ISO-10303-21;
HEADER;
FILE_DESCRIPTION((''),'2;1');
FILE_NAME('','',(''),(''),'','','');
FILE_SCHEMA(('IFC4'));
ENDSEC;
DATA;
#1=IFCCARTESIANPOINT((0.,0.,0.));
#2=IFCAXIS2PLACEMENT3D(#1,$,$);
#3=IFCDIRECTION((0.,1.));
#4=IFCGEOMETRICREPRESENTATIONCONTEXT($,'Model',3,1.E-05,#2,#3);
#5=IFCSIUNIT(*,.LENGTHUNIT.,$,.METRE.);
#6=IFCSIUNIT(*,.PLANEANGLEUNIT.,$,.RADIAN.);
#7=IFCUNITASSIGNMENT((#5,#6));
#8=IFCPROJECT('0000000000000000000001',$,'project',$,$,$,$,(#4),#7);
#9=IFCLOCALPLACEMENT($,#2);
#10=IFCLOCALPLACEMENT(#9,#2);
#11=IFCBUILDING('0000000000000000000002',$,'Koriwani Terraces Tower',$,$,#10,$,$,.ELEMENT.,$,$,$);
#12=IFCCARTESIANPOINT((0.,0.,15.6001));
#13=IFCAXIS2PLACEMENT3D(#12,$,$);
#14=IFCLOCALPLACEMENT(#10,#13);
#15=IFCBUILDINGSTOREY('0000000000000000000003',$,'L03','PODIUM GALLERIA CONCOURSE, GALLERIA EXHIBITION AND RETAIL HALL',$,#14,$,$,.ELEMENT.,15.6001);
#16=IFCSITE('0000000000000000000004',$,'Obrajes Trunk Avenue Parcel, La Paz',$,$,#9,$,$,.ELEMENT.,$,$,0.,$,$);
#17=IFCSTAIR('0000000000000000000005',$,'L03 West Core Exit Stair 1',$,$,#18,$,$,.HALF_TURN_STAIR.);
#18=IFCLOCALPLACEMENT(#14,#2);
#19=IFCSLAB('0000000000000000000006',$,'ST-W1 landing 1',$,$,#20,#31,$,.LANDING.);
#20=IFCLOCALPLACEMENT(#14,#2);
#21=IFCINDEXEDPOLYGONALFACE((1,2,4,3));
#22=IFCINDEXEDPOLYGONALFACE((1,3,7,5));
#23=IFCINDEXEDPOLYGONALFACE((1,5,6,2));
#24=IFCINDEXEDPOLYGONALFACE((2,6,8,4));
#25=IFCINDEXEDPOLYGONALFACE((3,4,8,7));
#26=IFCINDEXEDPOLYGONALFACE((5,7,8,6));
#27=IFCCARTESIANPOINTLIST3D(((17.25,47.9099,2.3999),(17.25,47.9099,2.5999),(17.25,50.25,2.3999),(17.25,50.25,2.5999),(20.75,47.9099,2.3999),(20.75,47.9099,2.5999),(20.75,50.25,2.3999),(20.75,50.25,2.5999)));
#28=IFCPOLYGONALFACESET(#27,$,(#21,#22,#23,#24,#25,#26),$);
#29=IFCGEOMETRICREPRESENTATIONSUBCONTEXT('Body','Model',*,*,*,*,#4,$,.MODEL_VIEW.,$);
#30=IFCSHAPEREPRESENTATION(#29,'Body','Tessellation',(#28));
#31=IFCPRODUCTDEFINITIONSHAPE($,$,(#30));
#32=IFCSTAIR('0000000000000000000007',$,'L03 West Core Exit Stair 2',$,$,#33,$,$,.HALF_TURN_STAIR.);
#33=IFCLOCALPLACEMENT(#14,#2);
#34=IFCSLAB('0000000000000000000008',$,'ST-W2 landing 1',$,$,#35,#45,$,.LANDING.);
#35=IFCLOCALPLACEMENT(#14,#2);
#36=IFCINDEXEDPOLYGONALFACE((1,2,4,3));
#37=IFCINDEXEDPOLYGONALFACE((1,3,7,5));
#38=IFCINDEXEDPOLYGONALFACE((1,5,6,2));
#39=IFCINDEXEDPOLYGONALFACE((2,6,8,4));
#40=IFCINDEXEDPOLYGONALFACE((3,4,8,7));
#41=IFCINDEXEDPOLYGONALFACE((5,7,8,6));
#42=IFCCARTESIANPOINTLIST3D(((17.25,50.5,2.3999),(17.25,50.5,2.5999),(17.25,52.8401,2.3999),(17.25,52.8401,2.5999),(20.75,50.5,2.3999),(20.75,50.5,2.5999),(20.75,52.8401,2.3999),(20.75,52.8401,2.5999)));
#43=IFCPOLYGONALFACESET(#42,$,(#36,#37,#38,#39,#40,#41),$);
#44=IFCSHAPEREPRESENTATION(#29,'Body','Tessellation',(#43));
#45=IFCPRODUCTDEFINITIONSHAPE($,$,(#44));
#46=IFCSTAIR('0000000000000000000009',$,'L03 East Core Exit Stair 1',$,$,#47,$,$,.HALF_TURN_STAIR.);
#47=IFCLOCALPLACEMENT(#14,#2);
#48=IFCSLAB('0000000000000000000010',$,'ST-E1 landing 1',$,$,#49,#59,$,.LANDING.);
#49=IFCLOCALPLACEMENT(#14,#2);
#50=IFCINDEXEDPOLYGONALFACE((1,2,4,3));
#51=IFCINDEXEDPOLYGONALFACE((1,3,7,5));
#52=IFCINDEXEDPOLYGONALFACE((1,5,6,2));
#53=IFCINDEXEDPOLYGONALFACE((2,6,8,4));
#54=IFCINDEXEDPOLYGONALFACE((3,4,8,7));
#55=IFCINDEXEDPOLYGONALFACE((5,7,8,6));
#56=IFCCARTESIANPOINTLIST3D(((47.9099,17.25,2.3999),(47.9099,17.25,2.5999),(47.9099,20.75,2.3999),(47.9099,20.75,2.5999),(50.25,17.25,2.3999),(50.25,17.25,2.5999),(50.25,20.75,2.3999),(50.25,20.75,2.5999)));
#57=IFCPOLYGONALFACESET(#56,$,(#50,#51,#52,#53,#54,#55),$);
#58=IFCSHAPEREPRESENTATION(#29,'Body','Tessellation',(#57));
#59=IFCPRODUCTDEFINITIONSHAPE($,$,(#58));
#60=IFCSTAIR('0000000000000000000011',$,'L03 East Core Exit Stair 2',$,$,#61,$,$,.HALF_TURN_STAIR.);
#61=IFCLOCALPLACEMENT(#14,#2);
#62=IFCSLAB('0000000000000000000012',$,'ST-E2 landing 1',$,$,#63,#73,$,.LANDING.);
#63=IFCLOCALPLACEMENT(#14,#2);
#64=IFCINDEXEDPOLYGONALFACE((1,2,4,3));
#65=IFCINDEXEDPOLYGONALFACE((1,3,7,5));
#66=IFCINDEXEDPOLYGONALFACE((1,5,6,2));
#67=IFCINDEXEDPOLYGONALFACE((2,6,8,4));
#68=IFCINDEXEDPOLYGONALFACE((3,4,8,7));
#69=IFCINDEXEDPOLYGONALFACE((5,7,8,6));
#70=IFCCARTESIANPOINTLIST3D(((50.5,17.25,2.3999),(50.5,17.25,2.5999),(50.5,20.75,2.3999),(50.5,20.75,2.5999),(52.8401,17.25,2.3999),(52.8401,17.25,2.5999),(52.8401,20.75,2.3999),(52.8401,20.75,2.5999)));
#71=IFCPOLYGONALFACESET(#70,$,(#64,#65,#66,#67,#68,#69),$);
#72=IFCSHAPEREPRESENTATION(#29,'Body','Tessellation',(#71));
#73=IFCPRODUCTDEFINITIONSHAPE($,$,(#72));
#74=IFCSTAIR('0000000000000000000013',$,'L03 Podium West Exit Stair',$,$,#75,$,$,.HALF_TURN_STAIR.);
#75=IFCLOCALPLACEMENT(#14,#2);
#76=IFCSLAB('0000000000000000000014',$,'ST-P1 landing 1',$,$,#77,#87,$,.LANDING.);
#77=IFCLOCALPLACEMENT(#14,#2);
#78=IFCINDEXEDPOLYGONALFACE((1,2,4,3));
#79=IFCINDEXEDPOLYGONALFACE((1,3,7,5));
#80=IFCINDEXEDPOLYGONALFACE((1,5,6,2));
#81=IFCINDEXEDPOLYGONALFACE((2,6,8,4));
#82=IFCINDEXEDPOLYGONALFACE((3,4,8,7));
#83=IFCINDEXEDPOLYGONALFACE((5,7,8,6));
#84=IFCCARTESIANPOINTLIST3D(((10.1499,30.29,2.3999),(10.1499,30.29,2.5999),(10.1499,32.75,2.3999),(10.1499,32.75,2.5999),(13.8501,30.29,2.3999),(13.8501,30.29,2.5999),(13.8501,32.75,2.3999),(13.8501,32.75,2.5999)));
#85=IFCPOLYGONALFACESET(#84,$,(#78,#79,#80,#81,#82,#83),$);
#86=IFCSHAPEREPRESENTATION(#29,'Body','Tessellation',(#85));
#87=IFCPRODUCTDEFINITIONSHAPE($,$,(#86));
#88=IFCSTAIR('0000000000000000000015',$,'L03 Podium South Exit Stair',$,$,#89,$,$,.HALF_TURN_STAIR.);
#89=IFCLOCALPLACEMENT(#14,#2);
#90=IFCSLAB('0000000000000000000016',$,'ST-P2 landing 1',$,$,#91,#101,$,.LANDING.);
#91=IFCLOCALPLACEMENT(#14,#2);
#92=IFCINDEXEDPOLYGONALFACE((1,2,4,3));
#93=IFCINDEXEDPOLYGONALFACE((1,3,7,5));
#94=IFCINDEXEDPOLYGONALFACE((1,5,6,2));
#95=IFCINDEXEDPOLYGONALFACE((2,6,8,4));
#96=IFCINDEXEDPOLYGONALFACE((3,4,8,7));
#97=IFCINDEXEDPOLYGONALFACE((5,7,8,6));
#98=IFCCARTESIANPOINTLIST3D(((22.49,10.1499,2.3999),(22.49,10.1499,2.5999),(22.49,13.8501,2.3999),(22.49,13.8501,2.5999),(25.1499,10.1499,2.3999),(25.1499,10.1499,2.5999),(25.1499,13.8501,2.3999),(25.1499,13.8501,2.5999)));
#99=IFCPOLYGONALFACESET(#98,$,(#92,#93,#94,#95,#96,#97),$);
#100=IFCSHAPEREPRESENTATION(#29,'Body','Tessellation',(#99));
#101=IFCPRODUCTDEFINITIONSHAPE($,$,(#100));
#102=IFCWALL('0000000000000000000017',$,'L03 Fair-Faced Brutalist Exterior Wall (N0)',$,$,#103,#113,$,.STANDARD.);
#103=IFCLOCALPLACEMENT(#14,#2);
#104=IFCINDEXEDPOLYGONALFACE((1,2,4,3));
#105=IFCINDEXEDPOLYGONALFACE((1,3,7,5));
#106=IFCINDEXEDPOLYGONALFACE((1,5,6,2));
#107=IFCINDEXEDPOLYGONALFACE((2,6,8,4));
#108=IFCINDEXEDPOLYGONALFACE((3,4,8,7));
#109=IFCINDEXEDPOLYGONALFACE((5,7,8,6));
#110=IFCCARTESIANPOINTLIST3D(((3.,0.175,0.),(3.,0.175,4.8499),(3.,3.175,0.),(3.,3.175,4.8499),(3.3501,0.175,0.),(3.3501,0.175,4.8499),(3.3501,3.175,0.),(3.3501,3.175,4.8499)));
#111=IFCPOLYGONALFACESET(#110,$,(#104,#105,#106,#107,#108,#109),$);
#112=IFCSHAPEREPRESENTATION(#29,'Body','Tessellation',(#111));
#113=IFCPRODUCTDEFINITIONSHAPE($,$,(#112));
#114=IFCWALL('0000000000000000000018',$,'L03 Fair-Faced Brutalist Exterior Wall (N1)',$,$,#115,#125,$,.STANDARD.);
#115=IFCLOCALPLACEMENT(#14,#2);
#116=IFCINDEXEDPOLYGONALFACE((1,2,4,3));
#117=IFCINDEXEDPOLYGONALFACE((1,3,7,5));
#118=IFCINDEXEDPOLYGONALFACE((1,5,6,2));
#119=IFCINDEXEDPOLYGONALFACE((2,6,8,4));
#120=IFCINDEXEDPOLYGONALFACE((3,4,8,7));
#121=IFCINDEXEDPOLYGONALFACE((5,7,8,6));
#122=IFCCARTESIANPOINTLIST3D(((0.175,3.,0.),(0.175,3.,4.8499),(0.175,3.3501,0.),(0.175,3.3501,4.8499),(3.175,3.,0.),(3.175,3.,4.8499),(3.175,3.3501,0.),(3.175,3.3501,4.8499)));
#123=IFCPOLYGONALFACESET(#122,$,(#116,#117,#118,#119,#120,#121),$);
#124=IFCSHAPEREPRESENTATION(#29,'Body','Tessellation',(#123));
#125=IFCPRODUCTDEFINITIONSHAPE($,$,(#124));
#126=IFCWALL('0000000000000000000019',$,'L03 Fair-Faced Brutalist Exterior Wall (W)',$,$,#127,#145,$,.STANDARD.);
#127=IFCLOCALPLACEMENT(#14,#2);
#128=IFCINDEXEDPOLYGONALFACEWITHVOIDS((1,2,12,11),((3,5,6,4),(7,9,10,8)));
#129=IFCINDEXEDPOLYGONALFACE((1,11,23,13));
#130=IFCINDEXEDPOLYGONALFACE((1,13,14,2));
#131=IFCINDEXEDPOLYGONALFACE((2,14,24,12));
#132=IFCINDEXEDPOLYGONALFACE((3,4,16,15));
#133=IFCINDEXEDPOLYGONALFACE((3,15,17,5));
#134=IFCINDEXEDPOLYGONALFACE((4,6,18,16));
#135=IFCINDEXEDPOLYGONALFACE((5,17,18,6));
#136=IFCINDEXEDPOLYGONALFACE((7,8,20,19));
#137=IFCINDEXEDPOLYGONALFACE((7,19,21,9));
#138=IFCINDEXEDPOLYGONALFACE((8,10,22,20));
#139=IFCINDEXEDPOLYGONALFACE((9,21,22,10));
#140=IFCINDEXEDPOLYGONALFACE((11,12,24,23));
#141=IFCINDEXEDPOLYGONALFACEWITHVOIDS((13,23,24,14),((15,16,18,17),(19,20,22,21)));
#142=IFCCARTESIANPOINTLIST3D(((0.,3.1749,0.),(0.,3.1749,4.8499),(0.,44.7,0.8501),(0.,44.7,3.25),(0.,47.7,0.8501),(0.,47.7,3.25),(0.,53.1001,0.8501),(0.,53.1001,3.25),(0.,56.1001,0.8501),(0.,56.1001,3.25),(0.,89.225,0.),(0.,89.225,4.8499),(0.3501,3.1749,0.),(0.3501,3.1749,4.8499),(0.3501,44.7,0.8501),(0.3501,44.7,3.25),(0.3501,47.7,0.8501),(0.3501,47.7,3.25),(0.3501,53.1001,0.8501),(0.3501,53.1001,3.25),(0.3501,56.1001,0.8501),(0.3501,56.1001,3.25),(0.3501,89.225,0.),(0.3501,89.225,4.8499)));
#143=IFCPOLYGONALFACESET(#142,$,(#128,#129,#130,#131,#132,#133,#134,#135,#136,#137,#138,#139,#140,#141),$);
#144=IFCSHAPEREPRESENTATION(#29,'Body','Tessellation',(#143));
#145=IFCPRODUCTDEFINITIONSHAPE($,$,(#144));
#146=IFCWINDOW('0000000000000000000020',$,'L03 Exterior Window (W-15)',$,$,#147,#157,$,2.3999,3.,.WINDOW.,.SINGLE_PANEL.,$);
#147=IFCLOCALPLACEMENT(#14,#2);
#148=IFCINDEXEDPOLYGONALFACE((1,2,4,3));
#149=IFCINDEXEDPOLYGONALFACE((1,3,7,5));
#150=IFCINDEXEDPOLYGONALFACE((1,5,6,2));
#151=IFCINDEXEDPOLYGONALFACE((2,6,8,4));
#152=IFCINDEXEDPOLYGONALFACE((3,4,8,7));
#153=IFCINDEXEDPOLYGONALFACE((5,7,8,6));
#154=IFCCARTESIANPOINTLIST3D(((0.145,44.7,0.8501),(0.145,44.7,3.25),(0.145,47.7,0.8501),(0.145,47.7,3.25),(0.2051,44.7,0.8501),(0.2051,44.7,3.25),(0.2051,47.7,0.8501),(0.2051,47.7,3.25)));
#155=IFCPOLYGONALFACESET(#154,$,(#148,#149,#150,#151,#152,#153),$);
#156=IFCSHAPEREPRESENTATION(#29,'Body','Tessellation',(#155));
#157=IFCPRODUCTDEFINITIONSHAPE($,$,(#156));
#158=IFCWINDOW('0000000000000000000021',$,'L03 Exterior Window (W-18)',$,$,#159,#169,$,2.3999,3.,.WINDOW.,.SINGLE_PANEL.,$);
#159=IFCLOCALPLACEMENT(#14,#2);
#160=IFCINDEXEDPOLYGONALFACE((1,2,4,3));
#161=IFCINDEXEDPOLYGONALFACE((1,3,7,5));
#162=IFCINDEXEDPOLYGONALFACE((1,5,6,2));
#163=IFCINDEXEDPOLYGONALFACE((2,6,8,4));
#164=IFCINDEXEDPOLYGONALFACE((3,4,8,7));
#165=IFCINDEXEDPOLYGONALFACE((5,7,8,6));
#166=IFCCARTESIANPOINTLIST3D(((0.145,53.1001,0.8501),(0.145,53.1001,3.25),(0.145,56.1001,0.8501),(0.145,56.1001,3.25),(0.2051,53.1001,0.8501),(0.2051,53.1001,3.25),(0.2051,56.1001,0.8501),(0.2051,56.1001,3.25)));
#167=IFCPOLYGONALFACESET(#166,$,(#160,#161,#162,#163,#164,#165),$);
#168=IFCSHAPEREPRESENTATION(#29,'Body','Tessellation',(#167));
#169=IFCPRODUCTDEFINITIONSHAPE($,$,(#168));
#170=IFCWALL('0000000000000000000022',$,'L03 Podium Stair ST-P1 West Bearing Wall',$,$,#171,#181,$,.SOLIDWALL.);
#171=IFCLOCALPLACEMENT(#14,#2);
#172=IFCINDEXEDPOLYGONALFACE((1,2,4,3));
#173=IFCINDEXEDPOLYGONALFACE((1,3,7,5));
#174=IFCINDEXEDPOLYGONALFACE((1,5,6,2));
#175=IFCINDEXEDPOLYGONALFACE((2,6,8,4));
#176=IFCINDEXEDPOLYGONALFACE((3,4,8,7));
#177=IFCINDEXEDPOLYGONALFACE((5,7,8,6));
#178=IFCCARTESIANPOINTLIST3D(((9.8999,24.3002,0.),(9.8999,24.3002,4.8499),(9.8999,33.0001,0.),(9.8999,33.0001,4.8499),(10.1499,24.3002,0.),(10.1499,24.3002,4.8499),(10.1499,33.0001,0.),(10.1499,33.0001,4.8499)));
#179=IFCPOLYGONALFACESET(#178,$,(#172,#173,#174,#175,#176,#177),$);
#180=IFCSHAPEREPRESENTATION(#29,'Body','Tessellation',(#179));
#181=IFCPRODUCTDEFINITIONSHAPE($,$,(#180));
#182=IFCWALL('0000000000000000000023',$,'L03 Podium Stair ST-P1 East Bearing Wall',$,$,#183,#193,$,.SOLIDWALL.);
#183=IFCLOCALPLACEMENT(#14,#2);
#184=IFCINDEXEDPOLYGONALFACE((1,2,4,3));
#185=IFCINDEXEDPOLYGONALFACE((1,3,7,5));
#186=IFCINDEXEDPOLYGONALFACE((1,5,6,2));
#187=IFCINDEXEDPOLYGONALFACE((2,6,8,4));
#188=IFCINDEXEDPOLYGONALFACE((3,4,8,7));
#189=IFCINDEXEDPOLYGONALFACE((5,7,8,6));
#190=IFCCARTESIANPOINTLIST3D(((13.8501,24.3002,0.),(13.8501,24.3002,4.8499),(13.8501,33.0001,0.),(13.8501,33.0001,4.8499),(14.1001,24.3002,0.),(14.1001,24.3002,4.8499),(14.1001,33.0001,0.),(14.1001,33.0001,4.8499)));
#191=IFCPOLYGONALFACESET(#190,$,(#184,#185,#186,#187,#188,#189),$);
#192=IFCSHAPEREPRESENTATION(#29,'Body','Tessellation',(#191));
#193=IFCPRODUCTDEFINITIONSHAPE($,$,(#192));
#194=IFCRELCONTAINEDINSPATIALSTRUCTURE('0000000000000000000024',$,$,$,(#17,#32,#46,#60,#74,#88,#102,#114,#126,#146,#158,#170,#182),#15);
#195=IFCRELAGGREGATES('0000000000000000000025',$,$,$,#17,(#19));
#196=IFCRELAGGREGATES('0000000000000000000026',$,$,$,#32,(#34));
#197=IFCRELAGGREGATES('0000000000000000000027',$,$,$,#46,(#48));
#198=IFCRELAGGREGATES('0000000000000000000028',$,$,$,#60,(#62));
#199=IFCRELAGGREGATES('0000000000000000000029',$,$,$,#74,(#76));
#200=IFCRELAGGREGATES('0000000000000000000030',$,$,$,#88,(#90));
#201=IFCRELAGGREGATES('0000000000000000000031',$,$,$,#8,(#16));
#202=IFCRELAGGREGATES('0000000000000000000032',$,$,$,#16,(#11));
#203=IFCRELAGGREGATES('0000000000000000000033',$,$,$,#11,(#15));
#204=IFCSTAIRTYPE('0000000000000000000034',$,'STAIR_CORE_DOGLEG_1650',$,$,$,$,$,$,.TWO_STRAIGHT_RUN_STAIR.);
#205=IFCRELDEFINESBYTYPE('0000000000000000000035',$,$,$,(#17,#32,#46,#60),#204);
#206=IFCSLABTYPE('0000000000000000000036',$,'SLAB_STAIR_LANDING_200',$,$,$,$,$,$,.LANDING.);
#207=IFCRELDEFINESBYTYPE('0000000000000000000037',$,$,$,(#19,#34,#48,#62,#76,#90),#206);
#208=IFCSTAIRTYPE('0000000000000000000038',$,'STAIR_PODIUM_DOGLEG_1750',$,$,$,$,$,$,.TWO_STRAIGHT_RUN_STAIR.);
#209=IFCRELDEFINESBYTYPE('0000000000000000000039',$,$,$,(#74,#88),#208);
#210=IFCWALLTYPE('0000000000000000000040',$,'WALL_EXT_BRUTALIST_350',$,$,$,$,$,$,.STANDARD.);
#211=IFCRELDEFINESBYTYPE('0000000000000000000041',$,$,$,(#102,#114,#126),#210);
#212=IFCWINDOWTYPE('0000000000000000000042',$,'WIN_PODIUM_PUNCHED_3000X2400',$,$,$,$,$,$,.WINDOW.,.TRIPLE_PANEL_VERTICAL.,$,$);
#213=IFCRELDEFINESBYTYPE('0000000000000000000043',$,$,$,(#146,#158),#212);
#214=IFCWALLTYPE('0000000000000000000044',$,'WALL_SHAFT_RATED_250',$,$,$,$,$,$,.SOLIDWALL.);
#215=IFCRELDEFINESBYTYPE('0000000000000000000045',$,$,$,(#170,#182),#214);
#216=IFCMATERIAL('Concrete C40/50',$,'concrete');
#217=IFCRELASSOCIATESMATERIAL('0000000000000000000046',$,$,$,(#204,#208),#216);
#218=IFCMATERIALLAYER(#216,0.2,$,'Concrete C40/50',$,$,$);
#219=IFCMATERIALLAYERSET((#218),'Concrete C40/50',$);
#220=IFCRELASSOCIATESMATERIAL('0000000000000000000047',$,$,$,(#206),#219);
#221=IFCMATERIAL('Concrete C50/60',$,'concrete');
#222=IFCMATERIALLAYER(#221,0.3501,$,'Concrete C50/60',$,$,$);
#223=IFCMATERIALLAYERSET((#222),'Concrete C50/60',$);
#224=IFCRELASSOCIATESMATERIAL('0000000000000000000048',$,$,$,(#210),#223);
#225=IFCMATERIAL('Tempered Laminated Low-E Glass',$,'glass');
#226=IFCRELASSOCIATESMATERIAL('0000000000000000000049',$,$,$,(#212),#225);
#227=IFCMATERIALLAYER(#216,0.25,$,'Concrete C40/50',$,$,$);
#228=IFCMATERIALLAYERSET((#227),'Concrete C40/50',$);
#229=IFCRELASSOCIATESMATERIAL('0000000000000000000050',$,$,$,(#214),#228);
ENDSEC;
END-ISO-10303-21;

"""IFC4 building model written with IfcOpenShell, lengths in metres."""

from ifc_helpers import new_model, si_unit, direction, frame, frame_2d, origin, place, context, subcontext, project, spatial, polyline, rectangle, outline, extrude, material, layer, layer_set, type_object, element, fill, aggregate, save


model = new_model("IFC4")

# Units and contexts
model_context = context("Model", 3, precision=1e-05, world=origin(), true_north=direction((0.0, 1.0)))
body_context = subcontext(model_context, "Body", "Model", "MODEL_VIEW")
ifc_project = project(units=[si_unit("LENGTHUNIT", "METRE"), si_unit("PLANEANGLEUNIT", "RADIAN")], contexts=[model_context])

# Site, building, storey
site_placement = place(None, origin())
site = spatial("IfcSite", under=ifc_project, at=site_placement, Name="Obrajes Trunk Avenue Parcel, La Paz", CompositionType="ELEMENT", RefElevation=0.0)
building_placement = place(site_placement, origin())
building = spatial("IfcBuilding", under=site, at=building_placement, Name="Koriwani Terraces Tower", CompositionType="ELEMENT")
storey_placement = place(building_placement, frame((0.0, 0.0, 15.6001)))
storey = spatial("IfcBuildingStorey", under=building, at=storey_placement, Name="L03", Description="PODIUM GALLERIA CONCOURSE, GALLERIA EXHIBITION AND RETAIL HALL", CompositionType="ELEMENT", Elevation=15.6001)

# Shared definitions
ifc_material_1 = material(Name="Concrete C50/60", Category="concrete")

# Stairs, slabs
ifc_material_2 = material(Name="Concrete C40/50", Category="concrete")
stair_type_1 = type_object("IfcStairType", Name="STAIR_CORE_DOGLEG_1650", PredefinedType="TWO_STRAIGHT_RUN_STAIR", material=ifc_material_2)
stair_1_placement = place(storey_placement, origin())
stair_1 = element("IfcStair", 1, at=stair_1_placement, inside=storey, type_object=stair_type_1, Name="L03 West Core Exit Stair 1", PredefinedType="HALF_TURN_STAIR")
ifc_layer_1 = layer(ifc_material_2, 0.2, Name="Concrete C40/50")
ifc_layer_set_1 = layer_set([ifc_layer_1], Name="Concrete C40/50")
slab_type_1 = type_object("IfcSlabType", Name="SLAB_STAIR_LANDING_200", PredefinedType="LANDING", material=ifc_layer_set_1)
slab_1_placement = place(storey_placement, frame((0.0, 0.0, 2.3999)))
slab_1 = element("IfcSlab", 2, at=slab_1_placement, type_object=slab_type_1, Name="ST-W1 landing 1", PredefinedType="LANDING", context=body_context, shape_type="SweptSolid", body=[
    extrude(outline(polyline([(20.75, 47.9099), (20.75, 50.25), (17.25, 50.25), (17.25, 47.9099), (20.75, 47.9099)])), origin(), (0.0, 0.0, 1.0), 0.2),
])
aggregate(stair_1, [slab_1])
stair_2_placement = place(storey_placement, origin())
stair_2 = element("IfcStair", 3, at=stair_2_placement, inside=storey, type_object=stair_type_1, Name="L03 West Core Exit Stair 2", PredefinedType="HALF_TURN_STAIR")
slab_2_placement = place(storey_placement, frame((0.0, 0.0, 2.3999)))
slab_2 = element("IfcSlab", 4, at=slab_2_placement, type_object=slab_type_1, Name="ST-W2 landing 1", PredefinedType="LANDING", context=body_context, shape_type="SweptSolid", body=[
    extrude(outline(polyline([(17.25, 52.8401), (17.25, 50.5), (20.75, 50.5), (20.75, 52.8401), (17.25, 52.8401)])), origin(), (0.0, 0.0, 1.0), 0.2),
])
aggregate(stair_2, [slab_2])
stair_3_placement = place(storey_placement, origin())
stair_3 = element("IfcStair", 5, at=stair_3_placement, inside=storey, type_object=stair_type_1, Name="L03 East Core Exit Stair 1", PredefinedType="HALF_TURN_STAIR")
slab_3_placement = place(storey_placement, frame((0.0, 0.0, 2.3999)))
slab_3 = element("IfcSlab", 6, at=slab_3_placement, type_object=slab_type_1, Name="ST-E1 landing 1", PredefinedType="LANDING", context=body_context, shape_type="SweptSolid", body=[
    extrude(outline(polyline([(47.9099, 17.25), (50.25, 17.25), (50.25, 20.75), (47.9099, 20.75), (47.9099, 17.25)])), origin(), (0.0, 0.0, 1.0), 0.2),
])
aggregate(stair_3, [slab_3])
stair_4_placement = place(storey_placement, origin())
stair_4 = element("IfcStair", 7, at=stair_4_placement, inside=storey, type_object=stair_type_1, Name="L03 East Core Exit Stair 2", PredefinedType="HALF_TURN_STAIR")
slab_4_placement = place(storey_placement, frame((0.0, 0.0, 2.3999)))
slab_4 = element("IfcSlab", 8, at=slab_4_placement, type_object=slab_type_1, Name="ST-E2 landing 1", PredefinedType="LANDING", context=body_context, shape_type="SweptSolid", body=[
    extrude(outline(polyline([(52.8401, 20.75), (50.5, 20.75), (50.5, 17.25), (52.8401, 17.25), (52.8401, 20.75)])), origin(), (0.0, 0.0, 1.0), 0.2),
])
aggregate(stair_4, [slab_4])
stair_type_2 = type_object("IfcStairType", Name="STAIR_PODIUM_DOGLEG_1750", PredefinedType="TWO_STRAIGHT_RUN_STAIR", material=ifc_material_2)
stair_5_placement = place(storey_placement, origin())
stair_5 = element("IfcStair", 9, at=stair_5_placement, inside=storey, type_object=stair_type_2, Name="L03 Podium West Exit Stair", PredefinedType="HALF_TURN_STAIR")
slab_5_placement = place(storey_placement, frame((0.0, 0.0, 2.3999)))
slab_5 = element("IfcSlab", 10, at=slab_5_placement, type_object=slab_type_1, Name="ST-P1 landing 1", PredefinedType="LANDING", context=body_context, shape_type="SweptSolid", body=[
    extrude(outline(polyline([(13.8501, 30.29), (13.8501, 32.75), (10.1499, 32.75), (10.1499, 30.29), (13.8501, 30.29)])), origin(), (0.0, 0.0, 1.0), 0.2),
])
aggregate(stair_5, [slab_5])
stair_6_placement = place(storey_placement, origin())
stair_6 = element("IfcStair", 11, at=stair_6_placement, inside=storey, type_object=stair_type_2, Name="L03 Podium South Exit Stair", PredefinedType="HALF_TURN_STAIR")
slab_6_placement = place(storey_placement, frame((0.0, 0.0, 2.3999)))
slab_6 = element("IfcSlab", 12, at=slab_6_placement, type_object=slab_type_1, Name="ST-P2 landing 1", PredefinedType="LANDING", context=body_context, shape_type="SweptSolid", body=[
    extrude(outline(polyline([(22.49, 10.1499), (25.1499, 10.1499), (25.1499, 13.8501), (22.49, 13.8501), (22.49, 10.1499)])), origin(), (0.0, 0.0, 1.0), 0.2),
])
aggregate(stair_6, [slab_6])

# Walls
ifc_layer_2 = layer(ifc_material_1, 0.3501, Name="Concrete C50/60")
ifc_layer_set_2 = layer_set([ifc_layer_2], Name="Concrete C50/60")
wall_type_1 = type_object("IfcWallType", Name="WALL_EXT_BRUTALIST_350", PredefinedType="STANDARD", material=ifc_layer_set_2)
for number, where, z_axis, x_axis, name in (
    (13, (3.175, 0.175, 0.0), (0.0, 0.0, 1.0), (0.0, 1.0, 0.0), "L03 Fair-Faced Brutalist Exterior Wall (N0)"),
    (14, (3.175, 3.175, 0.0), (0.0, 0.0, 1.0), (-1.0, 0.0, 0.0), "L03 Fair-Faced Brutalist Exterior Wall (N1)"),
):
    element("IfcWall", number, at=place(storey_placement, frame(where, z_axis=z_axis, x_axis=x_axis)), inside=storey, type_object=wall_type_1, Name=name, PredefinedType="STANDARD", context=body_context, shape_type="SweptSolid", body=[
        extrude(rectangle(XDim=3.0, YDim=0.3501, at=frame_2d((1.5, 0.0))), origin(), (0.0, 0.0, 1.0), 4.8499),
    ])

# Wall, openings, windows
wall_1_placement = place(storey_placement, frame((0.175, 3.175, 0.0), z_axis=(0.0, 0.0, 1.0), x_axis=(0.0, 1.0, 0.0)))
wall_1 = element("IfcWall", 15, at=wall_1_placement, inside=storey, type_object=wall_type_1, Name="L03 Fair-Faced Brutalist Exterior Wall (W)", PredefinedType="STANDARD", context=body_context, shape_type="SweptSolid", body=[
    extrude(rectangle(XDim=86.05, YDim=0.3501, at=frame_2d((43.0249, 0.0))), origin(), (0.0, 0.0, 1.0), 4.8499),
])
opening_1_placement = place(wall_1_placement, frame((41.5249, 0.0, 0.8501)))
opening_1 = element("IfcOpeningElement", 16, at=opening_1_placement, cuts=wall_1, PredefinedType="OPENING", context=body_context, shape_type="SweptSolid", body=[
    extrude(rectangle(XDim=3.0, YDim=2.3999, at=frame_2d((1.5, 1.2))), frame((0.0, 0.1851, 0.0), z_axis=(0.0, -1.0, 0.0), x_axis=(1.0, 0.0, 0.0)), (0.0, 0.0, 1.0), 0.3701),
])
opening_2_placement = place(wall_1_placement, frame((49.925, 0.0, 0.8501)))
opening_2 = element("IfcOpeningElement", 17, at=opening_2_placement, cuts=wall_1, PredefinedType="OPENING", context=body_context, shape_type="SweptSolid", body=[
    extrude(rectangle(XDim=3.0, YDim=2.3999, at=frame_2d((1.5, 1.2))), frame((0.0, 0.1851, 0.0), z_axis=(0.0, -1.0, 0.0), x_axis=(1.0, 0.0, 0.0)), (0.0, 0.0, 1.0), 0.3701),
])
ifc_material_3 = material(Name="Tempered Laminated Low-E Glass", Category="glass")
window_type = type_object("IfcWindowType", Name="WIN_PODIUM_PUNCHED_3000X2400", PartitioningType="TRIPLE_PANEL_VERTICAL", PredefinedType="WINDOW", material=ifc_material_3)
window_1_placement = place(opening_1_placement, origin())
window_1 = element("IfcWindow", 18, at=window_1_placement, inside=storey, type_object=window_type, Name="L03 Exterior Window (W-15)", OverallHeight=2.3999, OverallWidth=3.0, PartitioningType="SINGLE_PANEL", PredefinedType="WINDOW", context=body_context, shape_type="SweptSolid", body=[
    extrude(rectangle(XDim=3.0, YDim=2.3999, at=frame_2d((1.5, 1.2))), frame((0.0, 0.03, 0.0), z_axis=(0.0, -1.0, 0.0), x_axis=(1.0, 0.0, 0.0)), (0.0, 0.0, 1.0), 0.0601),
])
fill(opening_1, window_1)
window_2_placement = place(opening_2_placement, origin())
window_2 = element("IfcWindow", 19, at=window_2_placement, inside=storey, type_object=window_type, Name="L03 Exterior Window (W-18)", OverallHeight=2.3999, OverallWidth=3.0, PartitioningType="SINGLE_PANEL", PredefinedType="WINDOW", context=body_context, shape_type="SweptSolid", body=[
    extrude(rectangle(XDim=3.0, YDim=2.3999, at=frame_2d((1.5, 1.2))), frame((0.0, 0.03, 0.0), z_axis=(0.0, -1.0, 0.0), x_axis=(1.0, 0.0, 0.0)), (0.0, 0.0, 1.0), 0.0601),
])
fill(opening_2, window_2)

# Walls
ifc_layer_3 = layer(ifc_material_2, 0.25, Name="Concrete C40/50")
ifc_layer_set_3 = layer_set([ifc_layer_3], Name="Concrete C40/50")
wall_type_2 = type_object("IfcWallType", Name="WALL_SHAFT_RATED_250", PredefinedType="SOLIDWALL", material=ifc_layer_set_3)
for number, where, z_axis, x_axis, name in (
    (20, (10.0249, 24.3, 0.0), (0.0, 0.0, 1.0), (0.0, 1.0, 0.0), "L03 Podium Stair ST-P1 West Bearing Wall"),
    (21, (13.9751, 24.3, 0.0), (0.0, 0.0, 1.0), (0.0, 1.0, 0.0), "L03 Podium Stair ST-P1 East Bearing Wall"),
):
    element("IfcWall", number, at=place(storey_placement, frame(where, z_axis=z_axis, x_axis=x_axis)), inside=storey, type_object=wall_type_2, Name=name, PredefinedType="SOLIDWALL", context=body_context, shape_type="SweptSolid", body=[
        extrude(rectangle(XDim=8.7, YDim=0.25, at=frame_2d((4.3501, 0.0))), origin(), (0.0, 0.0, 1.0), 4.8499),
    ])

save(model, "model.ifc")
